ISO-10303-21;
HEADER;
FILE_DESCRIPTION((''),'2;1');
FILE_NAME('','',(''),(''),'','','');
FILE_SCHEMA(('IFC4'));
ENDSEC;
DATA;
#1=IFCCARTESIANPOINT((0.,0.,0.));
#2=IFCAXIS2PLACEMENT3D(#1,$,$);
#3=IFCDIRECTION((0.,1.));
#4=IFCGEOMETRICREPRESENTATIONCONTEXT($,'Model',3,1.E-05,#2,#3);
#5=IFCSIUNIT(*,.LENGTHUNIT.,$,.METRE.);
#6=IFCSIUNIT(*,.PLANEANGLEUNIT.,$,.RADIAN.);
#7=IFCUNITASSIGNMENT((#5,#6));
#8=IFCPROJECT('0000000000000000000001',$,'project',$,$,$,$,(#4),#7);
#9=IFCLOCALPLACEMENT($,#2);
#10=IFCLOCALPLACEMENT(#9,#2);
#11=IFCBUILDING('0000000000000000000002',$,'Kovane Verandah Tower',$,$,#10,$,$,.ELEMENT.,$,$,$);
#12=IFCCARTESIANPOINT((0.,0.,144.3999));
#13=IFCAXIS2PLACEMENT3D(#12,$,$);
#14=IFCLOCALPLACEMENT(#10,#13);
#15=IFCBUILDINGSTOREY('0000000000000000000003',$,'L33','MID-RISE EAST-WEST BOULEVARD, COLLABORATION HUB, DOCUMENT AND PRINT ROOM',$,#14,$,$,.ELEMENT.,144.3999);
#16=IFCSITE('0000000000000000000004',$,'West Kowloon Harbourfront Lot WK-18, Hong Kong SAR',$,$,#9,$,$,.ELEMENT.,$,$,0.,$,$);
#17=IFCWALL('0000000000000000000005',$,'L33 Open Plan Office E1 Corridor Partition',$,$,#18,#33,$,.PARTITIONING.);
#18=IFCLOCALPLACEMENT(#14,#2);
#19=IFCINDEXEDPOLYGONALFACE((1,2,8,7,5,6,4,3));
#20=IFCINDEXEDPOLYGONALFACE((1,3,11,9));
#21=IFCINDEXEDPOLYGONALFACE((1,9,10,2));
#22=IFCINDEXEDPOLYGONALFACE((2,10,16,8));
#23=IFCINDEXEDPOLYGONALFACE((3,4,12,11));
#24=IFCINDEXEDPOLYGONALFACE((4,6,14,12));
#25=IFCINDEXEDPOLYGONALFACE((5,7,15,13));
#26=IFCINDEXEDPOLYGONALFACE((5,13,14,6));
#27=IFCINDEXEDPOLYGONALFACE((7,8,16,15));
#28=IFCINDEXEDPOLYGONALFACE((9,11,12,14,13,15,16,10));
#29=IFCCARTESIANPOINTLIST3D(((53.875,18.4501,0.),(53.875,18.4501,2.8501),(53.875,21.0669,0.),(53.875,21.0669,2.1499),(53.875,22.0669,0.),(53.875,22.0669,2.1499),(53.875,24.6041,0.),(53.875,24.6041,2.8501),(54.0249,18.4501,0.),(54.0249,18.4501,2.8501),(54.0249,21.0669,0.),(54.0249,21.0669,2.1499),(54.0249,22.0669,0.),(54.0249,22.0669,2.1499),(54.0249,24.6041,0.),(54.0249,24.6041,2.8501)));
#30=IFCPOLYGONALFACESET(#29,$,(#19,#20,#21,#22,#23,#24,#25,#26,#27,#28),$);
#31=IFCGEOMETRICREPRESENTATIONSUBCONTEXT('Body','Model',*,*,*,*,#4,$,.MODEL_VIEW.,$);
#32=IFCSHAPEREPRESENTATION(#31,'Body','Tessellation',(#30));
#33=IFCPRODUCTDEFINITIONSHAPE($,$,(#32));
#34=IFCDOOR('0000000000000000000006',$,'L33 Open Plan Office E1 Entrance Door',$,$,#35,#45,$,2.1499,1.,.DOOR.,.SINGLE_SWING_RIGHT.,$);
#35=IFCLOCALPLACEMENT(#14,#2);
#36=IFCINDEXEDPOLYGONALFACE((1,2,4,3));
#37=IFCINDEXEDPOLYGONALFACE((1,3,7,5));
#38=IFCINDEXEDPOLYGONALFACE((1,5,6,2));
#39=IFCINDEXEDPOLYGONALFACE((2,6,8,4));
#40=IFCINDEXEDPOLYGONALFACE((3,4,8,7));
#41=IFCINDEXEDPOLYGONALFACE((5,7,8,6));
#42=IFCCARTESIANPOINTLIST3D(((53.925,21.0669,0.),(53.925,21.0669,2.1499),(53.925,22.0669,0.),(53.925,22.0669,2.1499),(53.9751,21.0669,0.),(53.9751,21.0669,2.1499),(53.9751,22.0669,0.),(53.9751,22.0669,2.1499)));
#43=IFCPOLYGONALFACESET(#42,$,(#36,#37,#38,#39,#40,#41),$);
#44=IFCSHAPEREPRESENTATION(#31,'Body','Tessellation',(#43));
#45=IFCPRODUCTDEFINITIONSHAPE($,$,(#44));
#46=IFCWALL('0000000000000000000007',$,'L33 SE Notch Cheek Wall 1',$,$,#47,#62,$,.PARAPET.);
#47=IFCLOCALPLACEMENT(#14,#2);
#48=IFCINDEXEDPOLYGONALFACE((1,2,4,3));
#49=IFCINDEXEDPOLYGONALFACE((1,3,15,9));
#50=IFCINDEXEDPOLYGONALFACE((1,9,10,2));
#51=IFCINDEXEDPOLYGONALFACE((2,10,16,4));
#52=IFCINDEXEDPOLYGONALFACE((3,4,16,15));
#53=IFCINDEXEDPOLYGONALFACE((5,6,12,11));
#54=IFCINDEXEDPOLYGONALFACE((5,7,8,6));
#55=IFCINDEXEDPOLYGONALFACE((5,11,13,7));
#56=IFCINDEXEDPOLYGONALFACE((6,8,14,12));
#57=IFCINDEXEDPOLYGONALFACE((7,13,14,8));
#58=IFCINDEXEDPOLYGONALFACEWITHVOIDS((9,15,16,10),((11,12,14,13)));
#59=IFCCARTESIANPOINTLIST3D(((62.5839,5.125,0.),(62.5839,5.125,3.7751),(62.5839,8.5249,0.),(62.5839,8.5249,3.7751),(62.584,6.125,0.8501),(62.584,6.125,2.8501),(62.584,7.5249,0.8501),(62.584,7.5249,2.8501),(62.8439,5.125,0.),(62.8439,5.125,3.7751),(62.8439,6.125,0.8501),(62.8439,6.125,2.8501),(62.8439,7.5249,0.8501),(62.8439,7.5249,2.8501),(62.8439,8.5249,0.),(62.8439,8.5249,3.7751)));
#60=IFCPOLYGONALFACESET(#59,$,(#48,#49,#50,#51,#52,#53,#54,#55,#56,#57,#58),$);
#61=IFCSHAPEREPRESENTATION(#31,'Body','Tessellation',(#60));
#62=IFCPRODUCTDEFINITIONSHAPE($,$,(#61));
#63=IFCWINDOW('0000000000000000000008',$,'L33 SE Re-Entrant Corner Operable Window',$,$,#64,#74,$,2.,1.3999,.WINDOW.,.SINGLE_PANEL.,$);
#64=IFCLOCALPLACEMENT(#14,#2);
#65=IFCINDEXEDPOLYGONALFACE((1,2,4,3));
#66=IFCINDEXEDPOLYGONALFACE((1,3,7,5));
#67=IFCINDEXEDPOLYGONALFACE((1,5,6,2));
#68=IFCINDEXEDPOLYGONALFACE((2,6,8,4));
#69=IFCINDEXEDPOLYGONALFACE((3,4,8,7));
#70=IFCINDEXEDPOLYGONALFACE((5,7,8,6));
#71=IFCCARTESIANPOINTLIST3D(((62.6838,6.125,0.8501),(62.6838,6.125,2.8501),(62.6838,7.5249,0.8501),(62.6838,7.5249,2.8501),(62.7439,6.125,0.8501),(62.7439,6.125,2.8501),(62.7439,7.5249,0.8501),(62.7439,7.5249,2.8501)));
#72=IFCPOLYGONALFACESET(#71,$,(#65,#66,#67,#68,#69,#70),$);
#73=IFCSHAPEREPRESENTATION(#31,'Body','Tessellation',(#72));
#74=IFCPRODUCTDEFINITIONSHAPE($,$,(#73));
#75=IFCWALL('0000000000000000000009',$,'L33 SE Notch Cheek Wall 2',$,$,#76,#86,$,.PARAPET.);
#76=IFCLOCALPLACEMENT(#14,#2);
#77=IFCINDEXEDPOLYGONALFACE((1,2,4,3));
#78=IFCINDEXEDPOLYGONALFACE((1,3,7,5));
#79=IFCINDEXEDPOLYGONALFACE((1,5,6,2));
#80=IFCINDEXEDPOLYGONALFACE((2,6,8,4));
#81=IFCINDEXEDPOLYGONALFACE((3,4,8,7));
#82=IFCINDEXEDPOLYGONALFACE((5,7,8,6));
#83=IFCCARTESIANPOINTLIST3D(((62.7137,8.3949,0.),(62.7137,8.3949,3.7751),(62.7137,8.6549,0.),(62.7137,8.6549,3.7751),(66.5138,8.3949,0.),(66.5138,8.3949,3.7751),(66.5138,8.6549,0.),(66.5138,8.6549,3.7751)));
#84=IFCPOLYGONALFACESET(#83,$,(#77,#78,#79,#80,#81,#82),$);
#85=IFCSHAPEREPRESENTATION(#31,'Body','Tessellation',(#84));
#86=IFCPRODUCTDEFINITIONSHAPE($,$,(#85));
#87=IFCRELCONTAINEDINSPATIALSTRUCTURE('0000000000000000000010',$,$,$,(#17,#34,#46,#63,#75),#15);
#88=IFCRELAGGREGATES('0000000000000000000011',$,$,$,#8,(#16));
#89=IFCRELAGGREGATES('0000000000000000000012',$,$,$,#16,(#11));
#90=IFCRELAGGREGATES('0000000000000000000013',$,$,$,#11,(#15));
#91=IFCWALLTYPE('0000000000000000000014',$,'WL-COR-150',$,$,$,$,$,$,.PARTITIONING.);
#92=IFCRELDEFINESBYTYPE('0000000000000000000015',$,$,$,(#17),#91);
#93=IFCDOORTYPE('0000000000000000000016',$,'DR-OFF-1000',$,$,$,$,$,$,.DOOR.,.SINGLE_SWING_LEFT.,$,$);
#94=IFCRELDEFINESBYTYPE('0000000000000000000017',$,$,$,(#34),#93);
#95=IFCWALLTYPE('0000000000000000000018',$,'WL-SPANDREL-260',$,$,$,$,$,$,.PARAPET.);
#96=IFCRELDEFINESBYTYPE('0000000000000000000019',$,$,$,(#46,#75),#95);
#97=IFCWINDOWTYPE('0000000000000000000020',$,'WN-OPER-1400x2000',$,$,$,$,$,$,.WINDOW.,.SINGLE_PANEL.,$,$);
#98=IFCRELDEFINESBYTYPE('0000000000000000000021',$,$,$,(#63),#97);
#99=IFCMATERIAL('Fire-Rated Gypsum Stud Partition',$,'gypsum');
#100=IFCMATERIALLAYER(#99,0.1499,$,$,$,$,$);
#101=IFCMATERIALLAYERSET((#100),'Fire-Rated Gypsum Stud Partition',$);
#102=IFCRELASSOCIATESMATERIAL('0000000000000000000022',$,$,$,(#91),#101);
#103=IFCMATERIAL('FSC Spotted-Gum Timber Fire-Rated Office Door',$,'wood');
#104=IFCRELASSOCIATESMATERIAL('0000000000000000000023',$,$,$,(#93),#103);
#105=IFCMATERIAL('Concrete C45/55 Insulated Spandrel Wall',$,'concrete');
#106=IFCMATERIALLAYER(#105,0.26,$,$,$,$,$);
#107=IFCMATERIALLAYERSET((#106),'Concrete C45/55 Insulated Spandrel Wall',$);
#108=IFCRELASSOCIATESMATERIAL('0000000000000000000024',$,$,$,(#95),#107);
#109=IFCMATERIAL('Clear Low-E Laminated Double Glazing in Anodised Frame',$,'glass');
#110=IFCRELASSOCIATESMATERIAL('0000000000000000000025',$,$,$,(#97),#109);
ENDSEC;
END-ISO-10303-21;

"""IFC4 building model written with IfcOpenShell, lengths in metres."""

from ifc_helpers import new_model, si_unit, direction, frame, frame_2d, origin, place, context, subcontext, project, spatial, rectangle, extrude, material, layer, layer_set, type_object, element, fill, save


model = new_model("IFC4")

# Units and contexts
model_context = context("Model", 3, precision=1e-05, world=origin(), true_north=direction((0.0, 1.0)))
body_context = subcontext(model_context, "Body", "Model", "MODEL_VIEW")
ifc_project = project(units=[si_unit("LENGTHUNIT", "METRE"), si_unit("PLANEANGLEUNIT", "RADIAN")], contexts=[model_context])

# Site, building, storey
site_placement = place(None, origin())
site = spatial("IfcSite", under=ifc_project, at=site_placement, Name="West Kowloon Harbourfront Lot WK-18, Hong Kong SAR", CompositionType="ELEMENT", RefElevation=0.0)
building_placement = place(site_placement, origin())
building = spatial("IfcBuilding", under=site, at=building_placement, Name="Kovane Verandah Tower", CompositionType="ELEMENT")
storey_placement = place(building_placement, frame((0.0, 0.0, 144.3999)))
storey = spatial("IfcBuildingStorey", under=building, at=storey_placement, Name="L33", Description="MID-RISE EAST-WEST BOULEVARD, COLLABORATION HUB, DOCUMENT AND PRINT ROOM", CompositionType="ELEMENT", Elevation=144.3999)

# Wall, opening, door
ifc_material_1 = material(Name="Fire-Rated Gypsum Stud Partition", Category="gypsum")
ifc_layer_1 = layer(ifc_material_1, 0.1499)
ifc_layer_set_1 = layer_set([ifc_layer_1], Name="Fire-Rated Gypsum Stud Partition")
wall_type_1 = type_object("IfcWallType", Name="WL-COR-150", PredefinedType="PARTITIONING", material=ifc_layer_set_1)
wall_1_placement = place(storey_placement, frame((53.95, 18.45, 0.0), z_axis=(0.0, 0.0, 1.0), x_axis=(0.0, 1.0, 0.0)))
wall_1 = element("IfcWall", 1, at=wall_1_placement, inside=storey, type_object=wall_type_1, Name="L33 Open Plan Office E1 Corridor Partition", PredefinedType="PARTITIONING", context=body_context, shape_type="SweptSolid", body=[
    extrude(rectangle(XDim=6.1541, YDim=0.1499, at=frame_2d((3.0771, 0.0))), origin(), (0.0, 0.0, 1.0), 2.8501),
])
opening_1_placement = place(wall_1_placement, frame((2.6169, 0.0, 0.0)))
opening_1 = element("IfcOpeningElement", 2, at=opening_1_placement, cuts=wall_1, PredefinedType="OPENING", context=body_context, shape_type="SweptSolid", body=[
    extrude(rectangle(XDim=1.0, YDim=2.1499, at=frame_2d((0.5, 1.075))), frame((0.0, 0.075, 0.0), z_axis=(0.0, -1.0, 0.0), x_axis=(1.0, 0.0, 0.0)), (0.0, 0.0, 1.0), 0.1499),
])
ifc_material_2 = material(Name="FSC Spotted-Gum Timber Fire-Rated Office Door", Category="wood")
door_type = type_object("IfcDoorType", Name="DR-OFF-1000", OperationType="SINGLE_SWING_LEFT", PredefinedType="DOOR", material=ifc_material_2)
door_placement = place(opening_1_placement, origin())
door = element("IfcDoor", 3, at=door_placement, inside=storey, type_object=door_type, Name="L33 Open Plan Office E1 Entrance Door", OperationType="SINGLE_SWING_RIGHT", OverallHeight=2.1499, OverallWidth=1.0, PredefinedType="DOOR", context=body_context, shape_type="SweptSolid", body=[
    extrude(rectangle(XDim=1.0, YDim=2.1499, at=frame_2d((0.5, 1.075))), frame((0.0, 0.0249, 0.0), z_axis=(0.0, -1.0, 0.0), x_axis=(1.0, 0.0, 0.0)), (0.0, 0.0, 1.0), 0.05),
])
fill(opening_1, door)

# Wall, opening, window
ifc_material_3 = material(Name="Concrete C45/55 Insulated Spandrel Wall", Category="concrete")
ifc_layer_2 = layer(ifc_material_3, 0.26)
ifc_layer_set_2 = layer_set([ifc_layer_2], Name="Concrete C45/55 Insulated Spandrel Wall")
wall_type_2 = type_object("IfcWallType", Name="WL-SPANDREL-260", PredefinedType="PARAPET", material=ifc_layer_set_2)
wall_2_placement = place(storey_placement, frame((62.7139, 5.125, 0.0), z_axis=(0.0, 0.0, 1.0), x_axis=(0.0, 1.0, 0.0)))
wall_2 = element("IfcWall", 4, at=wall_2_placement, inside=storey, type_object=wall_type_2, Name="L33 SE Notch Cheek Wall 1", PredefinedType="PARAPET", context=body_context, shape_type="SweptSolid", body=[
    extrude(rectangle(XDim=3.3999, YDim=0.26, at=frame_2d((1.7, 0.0))), origin(), (0.0, 0.0, 1.0), 3.7751),
])
opening_2_placement = place(wall_2_placement, frame((1.0, 0.0, 0.8501)))
opening_2 = element("IfcOpeningElement", 5, at=opening_2_placement, cuts=wall_2, PredefinedType="OPENING", context=body_context, shape_type="SweptSolid", body=[
    extrude(rectangle(XDim=1.3999, YDim=2.0, at=frame_2d((0.7, 1.0))), frame((0.0, 0.1299, 0.0), z_axis=(0.0, -1.0, 0.0), x_axis=(1.0, 0.0, 0.0)), (0.0, 0.0, 1.0), 0.26),
])
ifc_material_4 = material(Name="Clear Low-E Laminated Double Glazing in Anodised Frame", Category="glass")
window_type = type_object("IfcWindowType", Name="WN-OPER-1400x2000", PartitioningType="SINGLE_PANEL", PredefinedType="WINDOW", material=ifc_material_4)
window_placement = place(opening_2_placement, origin())
window = element("IfcWindow", 6, at=window_placement, inside=storey, type_object=window_type, Name="L33 SE Re-Entrant Corner Operable Window", OverallHeight=2.0, OverallWidth=1.3999, PartitioningType="SINGLE_PANEL", PredefinedType="WINDOW", context=body_context, shape_type="SweptSolid", body=[
    extrude(rectangle(XDim=1.3999, YDim=2.0, at=frame_2d((0.7, 1.0))), frame((0.0, 0.03, 0.0), z_axis=(0.0, -1.0, 0.0), x_axis=(1.0, 0.0, 0.0)), (0.0, 0.0, 1.0), 0.0601),
])
fill(opening_2, window)

# Wall
wall_3_placement = place(storey_placement, frame((62.7139, 8.5249, 0.0), z_axis=(0.0, 0.0, 1.0), x_axis=(1.0, 0.0, 0.0)))
element("IfcWall", 7, at=wall_3_placement, inside=storey, type_object=wall_type_2, Name="L33 SE Notch Cheek Wall 2", PredefinedType="PARAPET", context=body_context, shape_type="SweptSolid", body=[
    extrude(rectangle(XDim=3.8, YDim=0.26, at=frame_2d((1.8999, 0.0))), origin(), (0.0, 0.0, 1.0), 3.7751),
])

save(model, "model.ifc")
